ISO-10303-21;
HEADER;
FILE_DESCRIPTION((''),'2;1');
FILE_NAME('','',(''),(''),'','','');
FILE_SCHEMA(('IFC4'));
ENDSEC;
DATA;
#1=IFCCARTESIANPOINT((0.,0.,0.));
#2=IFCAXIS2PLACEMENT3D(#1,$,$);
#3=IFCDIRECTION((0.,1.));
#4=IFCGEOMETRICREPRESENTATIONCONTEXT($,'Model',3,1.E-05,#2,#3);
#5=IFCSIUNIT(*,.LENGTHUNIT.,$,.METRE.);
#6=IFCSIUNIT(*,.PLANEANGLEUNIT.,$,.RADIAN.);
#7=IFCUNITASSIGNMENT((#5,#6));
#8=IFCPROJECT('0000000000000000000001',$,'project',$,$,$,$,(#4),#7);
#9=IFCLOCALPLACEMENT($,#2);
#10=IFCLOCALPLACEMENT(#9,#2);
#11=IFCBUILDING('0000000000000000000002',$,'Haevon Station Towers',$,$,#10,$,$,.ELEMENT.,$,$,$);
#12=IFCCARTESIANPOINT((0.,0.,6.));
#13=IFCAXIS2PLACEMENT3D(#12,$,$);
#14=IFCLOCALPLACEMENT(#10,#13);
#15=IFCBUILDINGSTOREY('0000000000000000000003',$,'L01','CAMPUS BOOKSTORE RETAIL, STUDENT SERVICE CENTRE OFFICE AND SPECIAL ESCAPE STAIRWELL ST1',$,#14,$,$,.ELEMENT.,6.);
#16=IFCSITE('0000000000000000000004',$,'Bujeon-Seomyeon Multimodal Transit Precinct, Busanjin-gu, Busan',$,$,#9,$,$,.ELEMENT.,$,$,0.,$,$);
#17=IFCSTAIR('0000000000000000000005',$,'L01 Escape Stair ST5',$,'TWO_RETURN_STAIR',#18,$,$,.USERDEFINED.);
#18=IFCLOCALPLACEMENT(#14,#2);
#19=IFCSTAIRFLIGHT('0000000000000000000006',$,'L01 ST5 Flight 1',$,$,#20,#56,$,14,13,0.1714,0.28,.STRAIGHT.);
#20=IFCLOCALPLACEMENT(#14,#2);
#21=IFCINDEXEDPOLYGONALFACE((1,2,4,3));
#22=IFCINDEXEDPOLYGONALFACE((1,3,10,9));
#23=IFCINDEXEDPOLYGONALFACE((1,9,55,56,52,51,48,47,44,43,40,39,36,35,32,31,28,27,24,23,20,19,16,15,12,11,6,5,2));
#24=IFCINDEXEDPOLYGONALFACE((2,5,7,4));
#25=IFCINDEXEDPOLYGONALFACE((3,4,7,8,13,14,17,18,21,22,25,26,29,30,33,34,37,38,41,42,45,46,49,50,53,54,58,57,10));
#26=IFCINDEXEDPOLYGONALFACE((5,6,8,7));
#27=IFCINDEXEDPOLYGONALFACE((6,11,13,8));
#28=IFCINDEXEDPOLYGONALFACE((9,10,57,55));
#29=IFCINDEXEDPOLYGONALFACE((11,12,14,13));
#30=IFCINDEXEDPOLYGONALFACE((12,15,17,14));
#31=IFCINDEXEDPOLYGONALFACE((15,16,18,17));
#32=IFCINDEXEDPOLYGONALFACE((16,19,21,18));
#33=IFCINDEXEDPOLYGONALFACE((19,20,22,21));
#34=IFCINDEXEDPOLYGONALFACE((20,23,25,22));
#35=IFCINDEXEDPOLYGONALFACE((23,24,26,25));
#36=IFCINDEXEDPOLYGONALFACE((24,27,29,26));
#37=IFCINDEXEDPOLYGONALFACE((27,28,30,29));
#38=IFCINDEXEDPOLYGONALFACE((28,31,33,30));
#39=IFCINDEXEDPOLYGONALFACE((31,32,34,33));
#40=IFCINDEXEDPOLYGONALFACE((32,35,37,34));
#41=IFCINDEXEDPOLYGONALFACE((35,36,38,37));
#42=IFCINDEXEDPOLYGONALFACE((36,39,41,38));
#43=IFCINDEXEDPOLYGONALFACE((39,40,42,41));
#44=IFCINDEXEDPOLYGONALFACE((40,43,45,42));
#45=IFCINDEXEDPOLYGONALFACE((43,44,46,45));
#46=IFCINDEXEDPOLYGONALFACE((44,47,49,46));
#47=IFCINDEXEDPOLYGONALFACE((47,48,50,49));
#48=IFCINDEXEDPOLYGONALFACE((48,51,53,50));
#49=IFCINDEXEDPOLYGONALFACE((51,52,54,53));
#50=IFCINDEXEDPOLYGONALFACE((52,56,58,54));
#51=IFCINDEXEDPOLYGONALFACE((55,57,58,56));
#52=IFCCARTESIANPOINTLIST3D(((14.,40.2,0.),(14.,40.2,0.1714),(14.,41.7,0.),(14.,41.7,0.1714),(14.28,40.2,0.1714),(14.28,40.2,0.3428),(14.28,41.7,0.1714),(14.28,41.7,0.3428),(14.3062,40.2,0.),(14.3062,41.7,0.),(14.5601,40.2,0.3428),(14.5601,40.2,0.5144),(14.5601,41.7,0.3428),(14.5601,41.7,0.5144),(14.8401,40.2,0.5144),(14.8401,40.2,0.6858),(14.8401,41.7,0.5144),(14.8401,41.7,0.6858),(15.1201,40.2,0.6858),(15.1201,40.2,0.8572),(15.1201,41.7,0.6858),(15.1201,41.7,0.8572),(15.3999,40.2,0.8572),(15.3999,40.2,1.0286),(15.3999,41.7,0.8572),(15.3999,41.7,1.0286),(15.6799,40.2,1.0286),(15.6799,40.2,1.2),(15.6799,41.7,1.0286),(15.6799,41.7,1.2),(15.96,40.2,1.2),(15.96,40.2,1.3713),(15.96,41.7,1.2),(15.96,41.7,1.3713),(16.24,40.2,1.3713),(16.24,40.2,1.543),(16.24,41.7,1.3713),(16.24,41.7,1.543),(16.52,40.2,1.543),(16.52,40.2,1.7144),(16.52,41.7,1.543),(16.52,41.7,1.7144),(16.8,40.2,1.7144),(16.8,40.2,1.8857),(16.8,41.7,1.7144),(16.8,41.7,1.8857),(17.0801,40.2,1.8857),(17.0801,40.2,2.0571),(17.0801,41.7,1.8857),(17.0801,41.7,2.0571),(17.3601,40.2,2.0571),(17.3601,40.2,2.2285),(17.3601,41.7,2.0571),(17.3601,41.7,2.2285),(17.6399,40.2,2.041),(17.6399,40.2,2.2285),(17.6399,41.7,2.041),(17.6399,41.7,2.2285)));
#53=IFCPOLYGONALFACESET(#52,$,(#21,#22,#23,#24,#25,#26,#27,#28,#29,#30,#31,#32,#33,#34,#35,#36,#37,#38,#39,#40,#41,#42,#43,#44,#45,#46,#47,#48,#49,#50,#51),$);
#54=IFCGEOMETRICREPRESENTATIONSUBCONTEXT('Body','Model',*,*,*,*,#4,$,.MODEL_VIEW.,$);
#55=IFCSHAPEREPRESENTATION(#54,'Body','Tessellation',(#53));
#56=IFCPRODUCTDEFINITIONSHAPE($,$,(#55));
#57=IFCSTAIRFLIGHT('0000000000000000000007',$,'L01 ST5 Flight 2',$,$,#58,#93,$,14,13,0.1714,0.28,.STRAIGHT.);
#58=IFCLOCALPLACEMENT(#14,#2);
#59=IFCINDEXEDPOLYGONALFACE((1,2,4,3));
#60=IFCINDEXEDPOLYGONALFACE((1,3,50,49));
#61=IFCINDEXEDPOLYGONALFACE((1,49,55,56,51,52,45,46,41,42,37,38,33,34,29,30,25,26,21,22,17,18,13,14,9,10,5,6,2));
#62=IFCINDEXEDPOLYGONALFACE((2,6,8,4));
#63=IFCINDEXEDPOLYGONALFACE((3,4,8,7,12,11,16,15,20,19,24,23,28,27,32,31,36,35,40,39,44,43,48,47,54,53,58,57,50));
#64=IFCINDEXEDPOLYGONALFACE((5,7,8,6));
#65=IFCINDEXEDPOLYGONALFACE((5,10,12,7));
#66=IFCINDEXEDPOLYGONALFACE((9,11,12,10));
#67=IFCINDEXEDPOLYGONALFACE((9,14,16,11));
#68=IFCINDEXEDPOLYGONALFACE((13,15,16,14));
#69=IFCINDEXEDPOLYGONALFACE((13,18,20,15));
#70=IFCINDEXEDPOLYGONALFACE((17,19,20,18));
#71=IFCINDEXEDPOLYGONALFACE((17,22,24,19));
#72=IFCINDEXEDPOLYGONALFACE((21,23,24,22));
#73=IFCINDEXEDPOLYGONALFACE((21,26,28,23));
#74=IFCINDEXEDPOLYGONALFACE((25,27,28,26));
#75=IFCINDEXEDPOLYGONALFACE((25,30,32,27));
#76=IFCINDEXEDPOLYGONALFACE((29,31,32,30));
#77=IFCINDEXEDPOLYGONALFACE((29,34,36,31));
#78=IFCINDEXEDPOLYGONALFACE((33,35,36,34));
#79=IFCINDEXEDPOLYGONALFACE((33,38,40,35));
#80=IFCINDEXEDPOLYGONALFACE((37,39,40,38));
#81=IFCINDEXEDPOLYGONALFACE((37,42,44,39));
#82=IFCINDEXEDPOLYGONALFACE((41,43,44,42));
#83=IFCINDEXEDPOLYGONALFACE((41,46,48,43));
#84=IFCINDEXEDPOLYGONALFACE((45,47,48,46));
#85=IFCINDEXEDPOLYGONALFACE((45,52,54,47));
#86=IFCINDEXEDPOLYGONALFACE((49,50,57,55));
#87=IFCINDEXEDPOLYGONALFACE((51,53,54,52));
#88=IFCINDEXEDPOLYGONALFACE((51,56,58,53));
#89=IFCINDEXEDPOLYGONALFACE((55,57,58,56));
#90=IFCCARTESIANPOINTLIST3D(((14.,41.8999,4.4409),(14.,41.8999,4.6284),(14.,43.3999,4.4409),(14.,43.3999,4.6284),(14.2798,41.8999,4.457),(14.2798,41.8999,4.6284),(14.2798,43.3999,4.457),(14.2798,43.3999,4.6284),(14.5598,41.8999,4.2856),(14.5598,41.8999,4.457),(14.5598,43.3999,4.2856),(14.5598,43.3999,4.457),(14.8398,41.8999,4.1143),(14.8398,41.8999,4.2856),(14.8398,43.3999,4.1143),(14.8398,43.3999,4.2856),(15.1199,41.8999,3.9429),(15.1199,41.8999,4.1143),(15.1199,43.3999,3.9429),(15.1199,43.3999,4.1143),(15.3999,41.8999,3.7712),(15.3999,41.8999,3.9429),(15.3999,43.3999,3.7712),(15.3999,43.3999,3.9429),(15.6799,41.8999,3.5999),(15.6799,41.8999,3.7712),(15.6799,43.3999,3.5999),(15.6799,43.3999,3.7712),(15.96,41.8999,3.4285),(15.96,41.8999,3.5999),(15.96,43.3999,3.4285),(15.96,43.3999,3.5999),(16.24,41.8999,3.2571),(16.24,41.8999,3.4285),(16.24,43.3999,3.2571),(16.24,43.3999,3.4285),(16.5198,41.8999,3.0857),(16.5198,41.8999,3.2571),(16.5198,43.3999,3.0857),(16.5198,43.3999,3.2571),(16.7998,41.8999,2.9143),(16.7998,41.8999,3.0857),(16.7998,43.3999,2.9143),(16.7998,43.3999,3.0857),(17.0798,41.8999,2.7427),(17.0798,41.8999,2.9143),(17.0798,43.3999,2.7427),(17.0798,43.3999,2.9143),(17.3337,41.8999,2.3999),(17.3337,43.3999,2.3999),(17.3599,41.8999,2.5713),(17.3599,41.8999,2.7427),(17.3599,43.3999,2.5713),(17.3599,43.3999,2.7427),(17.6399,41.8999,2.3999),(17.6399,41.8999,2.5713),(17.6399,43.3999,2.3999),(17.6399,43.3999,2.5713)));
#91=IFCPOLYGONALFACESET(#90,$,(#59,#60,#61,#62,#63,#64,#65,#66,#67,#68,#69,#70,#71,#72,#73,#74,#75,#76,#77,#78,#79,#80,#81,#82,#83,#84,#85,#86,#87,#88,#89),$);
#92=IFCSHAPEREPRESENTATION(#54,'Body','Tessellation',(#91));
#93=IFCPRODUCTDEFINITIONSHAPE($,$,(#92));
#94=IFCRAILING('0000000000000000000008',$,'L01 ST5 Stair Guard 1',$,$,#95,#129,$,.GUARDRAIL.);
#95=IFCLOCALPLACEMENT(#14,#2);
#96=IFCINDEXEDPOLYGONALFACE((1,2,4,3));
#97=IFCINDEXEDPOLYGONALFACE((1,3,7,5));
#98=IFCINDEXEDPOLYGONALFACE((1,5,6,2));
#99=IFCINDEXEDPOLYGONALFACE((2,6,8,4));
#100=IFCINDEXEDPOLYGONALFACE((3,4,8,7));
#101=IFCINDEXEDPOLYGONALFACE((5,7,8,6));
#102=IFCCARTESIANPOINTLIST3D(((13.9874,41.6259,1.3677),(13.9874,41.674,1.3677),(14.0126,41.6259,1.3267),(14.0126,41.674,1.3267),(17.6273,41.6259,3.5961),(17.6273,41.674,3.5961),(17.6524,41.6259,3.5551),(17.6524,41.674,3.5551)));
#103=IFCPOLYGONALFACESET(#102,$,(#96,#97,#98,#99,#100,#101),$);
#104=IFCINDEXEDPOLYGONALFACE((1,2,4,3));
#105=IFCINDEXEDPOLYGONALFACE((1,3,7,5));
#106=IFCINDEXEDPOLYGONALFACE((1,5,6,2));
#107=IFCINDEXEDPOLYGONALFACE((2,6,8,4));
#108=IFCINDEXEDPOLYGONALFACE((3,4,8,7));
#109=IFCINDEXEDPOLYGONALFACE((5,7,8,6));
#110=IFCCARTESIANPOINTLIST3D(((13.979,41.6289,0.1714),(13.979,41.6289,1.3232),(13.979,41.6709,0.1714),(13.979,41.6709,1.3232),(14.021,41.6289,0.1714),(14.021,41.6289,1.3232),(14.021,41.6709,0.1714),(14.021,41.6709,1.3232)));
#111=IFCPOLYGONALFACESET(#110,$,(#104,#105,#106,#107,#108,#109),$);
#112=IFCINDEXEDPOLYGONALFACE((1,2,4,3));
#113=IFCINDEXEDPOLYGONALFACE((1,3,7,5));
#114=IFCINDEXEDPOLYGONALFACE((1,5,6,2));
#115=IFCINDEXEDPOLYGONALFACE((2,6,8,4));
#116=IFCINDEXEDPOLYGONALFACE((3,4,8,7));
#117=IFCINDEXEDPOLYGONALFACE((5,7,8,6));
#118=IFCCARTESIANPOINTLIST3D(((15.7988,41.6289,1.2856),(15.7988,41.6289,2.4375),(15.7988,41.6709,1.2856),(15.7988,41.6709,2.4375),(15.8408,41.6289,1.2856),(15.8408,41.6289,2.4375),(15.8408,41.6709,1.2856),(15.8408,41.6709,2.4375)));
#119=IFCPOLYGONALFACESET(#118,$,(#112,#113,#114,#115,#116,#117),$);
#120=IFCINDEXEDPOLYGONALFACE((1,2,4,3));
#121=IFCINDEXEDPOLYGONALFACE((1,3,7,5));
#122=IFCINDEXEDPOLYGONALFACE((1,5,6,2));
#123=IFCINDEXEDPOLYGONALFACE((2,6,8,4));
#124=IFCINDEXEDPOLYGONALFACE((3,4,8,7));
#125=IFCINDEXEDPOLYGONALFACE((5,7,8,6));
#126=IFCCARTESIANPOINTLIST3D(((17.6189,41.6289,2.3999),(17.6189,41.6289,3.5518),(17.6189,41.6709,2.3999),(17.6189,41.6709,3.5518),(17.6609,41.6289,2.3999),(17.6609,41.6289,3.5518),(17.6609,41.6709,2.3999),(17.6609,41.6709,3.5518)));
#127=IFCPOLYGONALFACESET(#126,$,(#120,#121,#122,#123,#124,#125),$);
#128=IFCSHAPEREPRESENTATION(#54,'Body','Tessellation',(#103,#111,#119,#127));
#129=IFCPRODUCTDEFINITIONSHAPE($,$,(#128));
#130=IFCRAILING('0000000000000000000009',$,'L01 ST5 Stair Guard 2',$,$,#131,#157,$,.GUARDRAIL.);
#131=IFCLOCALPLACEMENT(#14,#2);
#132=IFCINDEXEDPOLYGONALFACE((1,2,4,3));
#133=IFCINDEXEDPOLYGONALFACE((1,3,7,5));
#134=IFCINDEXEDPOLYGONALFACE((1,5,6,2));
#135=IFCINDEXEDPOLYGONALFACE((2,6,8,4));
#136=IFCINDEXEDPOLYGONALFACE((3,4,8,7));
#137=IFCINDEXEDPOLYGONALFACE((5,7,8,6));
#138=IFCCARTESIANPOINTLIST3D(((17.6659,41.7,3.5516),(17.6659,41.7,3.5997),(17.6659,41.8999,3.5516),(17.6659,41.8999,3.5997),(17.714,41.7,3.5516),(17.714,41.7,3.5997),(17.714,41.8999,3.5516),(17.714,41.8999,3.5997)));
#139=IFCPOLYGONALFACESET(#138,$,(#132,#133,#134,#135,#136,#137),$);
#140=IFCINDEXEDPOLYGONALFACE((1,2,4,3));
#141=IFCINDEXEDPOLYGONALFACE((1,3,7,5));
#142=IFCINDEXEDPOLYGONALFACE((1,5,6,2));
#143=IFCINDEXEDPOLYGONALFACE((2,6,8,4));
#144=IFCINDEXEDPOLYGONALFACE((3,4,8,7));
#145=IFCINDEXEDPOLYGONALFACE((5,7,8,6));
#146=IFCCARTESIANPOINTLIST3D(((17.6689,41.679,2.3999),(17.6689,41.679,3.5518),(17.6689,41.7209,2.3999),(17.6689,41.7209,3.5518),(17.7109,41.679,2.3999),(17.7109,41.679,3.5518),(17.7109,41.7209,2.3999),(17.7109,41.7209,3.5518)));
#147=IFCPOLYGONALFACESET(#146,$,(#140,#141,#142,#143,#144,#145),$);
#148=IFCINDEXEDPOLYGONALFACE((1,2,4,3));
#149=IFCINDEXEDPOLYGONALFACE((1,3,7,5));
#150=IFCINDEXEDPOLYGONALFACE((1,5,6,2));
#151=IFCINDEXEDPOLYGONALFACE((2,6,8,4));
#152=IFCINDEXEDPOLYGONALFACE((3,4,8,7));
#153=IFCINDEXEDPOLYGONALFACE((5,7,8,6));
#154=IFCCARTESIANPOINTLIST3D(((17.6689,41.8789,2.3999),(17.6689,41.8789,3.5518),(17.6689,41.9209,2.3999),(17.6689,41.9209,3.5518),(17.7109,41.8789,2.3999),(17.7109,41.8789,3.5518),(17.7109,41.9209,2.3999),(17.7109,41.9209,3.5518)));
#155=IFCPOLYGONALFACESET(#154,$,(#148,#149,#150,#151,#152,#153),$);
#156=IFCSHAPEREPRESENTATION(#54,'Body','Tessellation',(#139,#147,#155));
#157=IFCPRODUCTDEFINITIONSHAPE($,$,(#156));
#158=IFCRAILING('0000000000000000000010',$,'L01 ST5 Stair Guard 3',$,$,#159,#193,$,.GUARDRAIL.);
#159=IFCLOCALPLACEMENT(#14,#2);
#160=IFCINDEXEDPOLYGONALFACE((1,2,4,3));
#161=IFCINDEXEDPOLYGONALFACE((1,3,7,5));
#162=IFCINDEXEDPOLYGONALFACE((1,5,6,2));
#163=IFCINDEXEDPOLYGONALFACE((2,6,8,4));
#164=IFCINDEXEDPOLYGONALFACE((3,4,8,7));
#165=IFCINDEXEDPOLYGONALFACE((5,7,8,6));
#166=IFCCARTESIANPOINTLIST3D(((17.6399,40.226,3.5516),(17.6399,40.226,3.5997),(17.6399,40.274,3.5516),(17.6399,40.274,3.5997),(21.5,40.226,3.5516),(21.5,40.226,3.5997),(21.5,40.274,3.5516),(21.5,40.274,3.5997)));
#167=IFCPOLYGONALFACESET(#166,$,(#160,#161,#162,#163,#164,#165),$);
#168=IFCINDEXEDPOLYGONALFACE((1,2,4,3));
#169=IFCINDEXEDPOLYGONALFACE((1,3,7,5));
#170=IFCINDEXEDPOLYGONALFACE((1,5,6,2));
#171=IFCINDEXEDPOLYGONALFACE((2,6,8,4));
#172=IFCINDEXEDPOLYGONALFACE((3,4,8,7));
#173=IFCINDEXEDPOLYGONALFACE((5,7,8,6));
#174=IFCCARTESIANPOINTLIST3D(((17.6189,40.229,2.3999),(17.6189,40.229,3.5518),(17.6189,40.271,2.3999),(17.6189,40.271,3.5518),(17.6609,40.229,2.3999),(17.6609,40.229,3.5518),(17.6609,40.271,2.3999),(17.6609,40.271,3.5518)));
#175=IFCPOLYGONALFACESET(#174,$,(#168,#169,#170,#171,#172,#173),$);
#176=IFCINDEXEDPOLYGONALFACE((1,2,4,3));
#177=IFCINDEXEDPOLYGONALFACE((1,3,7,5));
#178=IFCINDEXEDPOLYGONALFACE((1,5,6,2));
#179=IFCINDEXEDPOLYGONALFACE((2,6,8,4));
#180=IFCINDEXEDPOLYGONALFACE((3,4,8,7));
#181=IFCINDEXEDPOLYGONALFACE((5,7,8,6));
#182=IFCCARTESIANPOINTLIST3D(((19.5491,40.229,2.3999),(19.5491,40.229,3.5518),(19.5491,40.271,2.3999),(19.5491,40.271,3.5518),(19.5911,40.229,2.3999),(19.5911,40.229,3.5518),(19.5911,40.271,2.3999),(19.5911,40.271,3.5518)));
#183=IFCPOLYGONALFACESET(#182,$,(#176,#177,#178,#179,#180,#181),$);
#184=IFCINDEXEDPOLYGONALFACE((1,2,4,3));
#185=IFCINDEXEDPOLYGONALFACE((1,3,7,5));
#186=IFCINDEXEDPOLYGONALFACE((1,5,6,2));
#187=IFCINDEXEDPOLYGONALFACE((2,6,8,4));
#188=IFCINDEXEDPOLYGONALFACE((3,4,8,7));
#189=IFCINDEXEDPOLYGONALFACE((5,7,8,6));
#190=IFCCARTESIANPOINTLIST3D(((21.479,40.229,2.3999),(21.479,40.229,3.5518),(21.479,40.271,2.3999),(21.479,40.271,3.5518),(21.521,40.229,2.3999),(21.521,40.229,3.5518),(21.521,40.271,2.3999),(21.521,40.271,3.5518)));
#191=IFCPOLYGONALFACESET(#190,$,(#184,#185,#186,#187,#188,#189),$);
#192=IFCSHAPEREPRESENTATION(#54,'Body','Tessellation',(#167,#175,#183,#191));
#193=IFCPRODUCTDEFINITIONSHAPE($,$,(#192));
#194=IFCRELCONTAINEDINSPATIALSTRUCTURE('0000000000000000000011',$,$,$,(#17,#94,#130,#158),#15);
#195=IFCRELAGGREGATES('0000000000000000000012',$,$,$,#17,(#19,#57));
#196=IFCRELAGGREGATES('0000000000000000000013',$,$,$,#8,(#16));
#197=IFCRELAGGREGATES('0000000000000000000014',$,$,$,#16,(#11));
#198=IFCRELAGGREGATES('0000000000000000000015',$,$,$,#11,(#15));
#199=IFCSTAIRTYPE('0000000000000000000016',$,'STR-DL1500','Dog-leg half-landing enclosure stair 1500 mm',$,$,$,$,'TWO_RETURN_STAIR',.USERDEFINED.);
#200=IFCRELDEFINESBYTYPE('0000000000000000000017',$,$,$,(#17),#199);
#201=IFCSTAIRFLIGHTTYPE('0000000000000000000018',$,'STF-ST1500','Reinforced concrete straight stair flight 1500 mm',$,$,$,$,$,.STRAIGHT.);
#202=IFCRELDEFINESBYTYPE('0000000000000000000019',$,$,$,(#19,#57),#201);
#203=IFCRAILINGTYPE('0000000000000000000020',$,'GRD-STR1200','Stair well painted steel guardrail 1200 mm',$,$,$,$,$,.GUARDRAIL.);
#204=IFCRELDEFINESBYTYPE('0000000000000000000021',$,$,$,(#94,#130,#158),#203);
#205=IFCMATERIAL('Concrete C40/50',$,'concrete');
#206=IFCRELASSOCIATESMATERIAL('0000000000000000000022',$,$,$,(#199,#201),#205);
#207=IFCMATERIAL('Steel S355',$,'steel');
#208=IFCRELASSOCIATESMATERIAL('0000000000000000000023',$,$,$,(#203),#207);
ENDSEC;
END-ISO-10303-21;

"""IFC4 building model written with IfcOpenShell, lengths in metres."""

from ifc_helpers import new_model, si_unit, direction, frame, origin, origin_2d, place, context, subcontext, project, spatial, polyline, rectangle, outline, extrude, material, type_object, element, aggregate, save


model = new_model("IFC4")

# Units and contexts
model_context = context("Model", 3, precision=1e-05, world=origin(), true_north=direction((0.0, 1.0)))
body_context = subcontext(model_context, "Body", "Model", "MODEL_VIEW")
ifc_project = project(units=[si_unit("LENGTHUNIT", "METRE"), si_unit("PLANEANGLEUNIT", "RADIAN")], contexts=[model_context])

# Site, building, storey
site_placement = place(None, origin())
site = spatial("IfcSite", under=ifc_project, at=site_placement, Name="Bujeon-Seomyeon Multimodal Transit Precinct, Busanjin-gu, Busan", CompositionType="ELEMENT", RefElevation=0.0)
building_placement = place(site_placement, origin())
building = spatial("IfcBuilding", under=site, at=building_placement, Name="Haevon Station Towers", CompositionType="ELEMENT")
storey_placement = place(building_placement, frame((0.0, 0.0, 6.0)))
storey = spatial("IfcBuildingStorey", under=building, at=storey_placement, Name="L01", Description="CAMPUS BOOKSTORE RETAIL, STUDENT SERVICE CENTRE OFFICE AND SPECIAL ESCAPE STAIRWELL ST1", CompositionType="ELEMENT", Elevation=6.0)

# Shared definitions
ifc_material_1 = material(Name="Steel S355", Category="steel")

# Stair, stair flights
ifc_material_2 = material(Name="Concrete C40/50", Category="concrete")
stair_type = type_object("IfcStairType", Name="STR-DL1500", Description="Dog-leg half-landing enclosure stair 1500 mm", ElementType="TWO_RETURN_STAIR", PredefinedType="USERDEFINED", material=ifc_material_2)
stair_placement = place(storey_placement, origin())
stair = element("IfcStair", 1, at=stair_placement, inside=storey, type_object=stair_type, Name="L01 Escape Stair ST5", ObjectType="TWO_RETURN_STAIR", PredefinedType="USERDEFINED")
stair_flight_type = type_object("IfcStairFlightType", Name="STF-ST1500", Description="Reinforced concrete straight stair flight 1500 mm", PredefinedType="STRAIGHT", material=ifc_material_2)
stair_flight_1_placement = place(storey_placement, frame((14.0, 40.95, 0.0), z_axis=(0.0, 0.0, 1.0), x_axis=(1.0, 0.0, 0.0)))
stair_flight_1 = element("IfcStairFlight", 2, at=stair_flight_1_placement, type_object=stair_flight_type, Name="L01 ST5 Flight 1", NumberOfRisers=14, NumberOfTreads=13, PredefinedType="STRAIGHT", RiserHeight=0.1714, TreadLength=0.28, context=body_context, shape_type="SweptSolid", body=[
    extrude(outline(polyline([(0.0, 0.0), (0.0, 0.1714), (0.28, 0.1714), (0.28, 0.3428), (0.5601, 0.3428), (0.5601, 0.5144), (0.8401, 0.5144), (0.8401, 0.6858), (1.1201, 0.6858), (1.1201, 0.8572), (1.3999, 0.8572), (1.3999, 1.0286), (1.6799, 1.0286), (1.6799, 1.2), (1.96, 1.2), (1.96, 1.3713), (2.24, 1.3713), (2.24, 1.543), (2.52, 1.543), (2.52, 1.7144), (2.8, 1.7144), (2.8, 1.8857), (3.0801, 1.8857), (3.0801, 2.0571), (3.3601, 2.0571), (3.3601, 2.2285), (3.6399, 2.2285), (3.6399, 2.3999), (3.6399, 2.041), (0.3062, 0.0), (0.0, 0.0)])), frame((0.0, 0.75, 0.0), z_axis=(0.0, -1.0, 0.0), x_axis=(1.0, 0.0, 0.0)), (0.0, 0.0, 1.0), 1.5),
])
stair_flight_2_placement = place(storey_placement, frame((17.6399, 42.6499, 2.3999), z_axis=(0.0, 0.0, 1.0), x_axis=(-1.0, 0.0, 0.0)))
stair_flight_2 = element("IfcStairFlight", 3, at=stair_flight_2_placement, type_object=stair_flight_type, Name="L01 ST5 Flight 2", NumberOfRisers=14, NumberOfTreads=13, PredefinedType="STRAIGHT", RiserHeight=0.1714, TreadLength=0.28, context=body_context, shape_type="SweptSolid", body=[
    extrude(outline(polyline([(0.0, 0.0), (0.0, 0.1714), (0.28, 0.1714), (0.28, 0.3428), (0.5601, 0.3428), (0.5601, 0.5144), (0.8401, 0.5144), (0.8401, 0.6858), (1.1201, 0.6858), (1.1201, 0.8572), (1.3999, 0.8572), (1.3999, 1.0286), (1.6799, 1.0286), (1.6799, 1.2), (1.96, 1.2), (1.96, 1.3713), (2.24, 1.3713), (2.24, 1.543), (2.52, 1.543), (2.52, 1.7144), (2.8, 1.7144), (2.8, 1.8857), (3.0801, 1.8857), (3.0801, 2.0571), (3.3601, 2.0571), (3.3601, 2.2285), (3.6399, 2.2285), (3.6399, 2.3999), (3.6399, 2.041), (0.3062, 0.0), (0.0, 0.0)])), frame((0.0, 0.75, 0.0), z_axis=(0.0, -1.0, 0.0), x_axis=(1.0, 0.0, 0.0)), (0.0, 0.0, 1.0), 1.5),
])
aggregate(stair, [stair_flight_1, stair_flight_2])

# Railings
railing_type_1 = type_object("IfcRailingType", Name="GRD-STR1200", Description="Stair well painted steel guardrail 1200 mm", PredefinedType="GUARDRAIL", material=ifc_material_1)
railing_1_placement = place(storey_placement, frame((14.0, 41.6499, 0.1714)))
element("IfcRailing", 4, at=railing_1_placement, inside=storey, type_object=railing_type_1, Name="L01 ST5 Stair Guard 1", PredefinedType="GUARDRAIL", context=body_context, shape_type="SweptSolid", body=[
    extrude(rectangle(XDim=0.0481, YDim=0.0481, at=origin_2d()), frame((0.0, 0.0, 1.1758), z_axis=(0.85285, 0.0, 0.522156), x_axis=(0.0, 1.0, 0.0)), (0.0, 0.0, 1.0), 4.2678),
    extrude(rectangle(XDim=0.042, YDim=0.042, at=origin_2d()), origin(), (0.0, 0.0, 1.0), 1.1519),
    extrude(rectangle(XDim=0.042, YDim=0.042, at=origin_2d()), frame((1.8198, 0.0, 1.1143)), (0.0, 0.0, 1.0), 1.1519),
    extrude(rectangle(XDim=0.042, YDim=0.042, at=origin_2d()), frame((3.6399, 0.0, 2.2285)), (0.0, 0.0, 1.0), 1.1519),
])
railing_2_placement = place(storey_placement, frame((17.6899, 41.7, 2.3999)))
element("IfcRailing", 5, at=railing_2_placement, inside=storey, type_object=railing_type_1, Name="L01 ST5 Stair Guard 2", PredefinedType="GUARDRAIL", context=body_context, shape_type="SweptSolid", body=[
    extrude(rectangle(XDim=0.0481, YDim=0.0481, at=origin_2d()), frame((0.0, 0.0, 1.1758), z_axis=(0.0, 1.0, 0.0), x_axis=(-1.0, 0.0, 0.0)), (0.0, 0.0, 1.0), 0.2),
    extrude(rectangle(XDim=0.042, YDim=0.042, at=origin_2d()), origin(), (0.0, 0.0, 1.0), 1.1519),
    extrude(rectangle(XDim=0.042, YDim=0.042, at=origin_2d()), frame((0.0, 0.2, 0.0)), (0.0, 0.0, 1.0), 1.1519),
])
for number, where, name in (
    (6, (17.6399, 40.25, 2.3999), "L01 ST5 Stair Guard 3"),
):
    element("IfcRailing", number, at=place(storey_placement, frame(where)), inside=storey, type_object=railing_type_1, Name=name, PredefinedType="GUARDRAIL", context=body_context, shape_type="SweptSolid", body=[
        extrude(rectangle(XDim=0.0481, YDim=0.0481, at=origin_2d()), frame((0.0, 0.0, 1.1758), z_axis=(1.0, 0.0, 0.0), x_axis=(0.0, 1.0, 0.0)), (0.0, 0.0, 1.0), 3.8601),
        extrude(rectangle(XDim=0.042, YDim=0.042, at=origin_2d()), origin(), (0.0, 0.0, 1.0), 1.1519),
        extrude(rectangle(XDim=0.042, YDim=0.042, at=origin_2d()), frame((1.9302, 0.0, 0.0)), (0.0, 0.0, 1.0), 1.1519),
        extrude(rectangle(XDim=0.042, YDim=0.042, at=origin_2d()), frame((3.8601, 0.0, 0.0)), (0.0, 0.0, 1.0), 1.1519),
    ])

save(model, "model.ifc")
